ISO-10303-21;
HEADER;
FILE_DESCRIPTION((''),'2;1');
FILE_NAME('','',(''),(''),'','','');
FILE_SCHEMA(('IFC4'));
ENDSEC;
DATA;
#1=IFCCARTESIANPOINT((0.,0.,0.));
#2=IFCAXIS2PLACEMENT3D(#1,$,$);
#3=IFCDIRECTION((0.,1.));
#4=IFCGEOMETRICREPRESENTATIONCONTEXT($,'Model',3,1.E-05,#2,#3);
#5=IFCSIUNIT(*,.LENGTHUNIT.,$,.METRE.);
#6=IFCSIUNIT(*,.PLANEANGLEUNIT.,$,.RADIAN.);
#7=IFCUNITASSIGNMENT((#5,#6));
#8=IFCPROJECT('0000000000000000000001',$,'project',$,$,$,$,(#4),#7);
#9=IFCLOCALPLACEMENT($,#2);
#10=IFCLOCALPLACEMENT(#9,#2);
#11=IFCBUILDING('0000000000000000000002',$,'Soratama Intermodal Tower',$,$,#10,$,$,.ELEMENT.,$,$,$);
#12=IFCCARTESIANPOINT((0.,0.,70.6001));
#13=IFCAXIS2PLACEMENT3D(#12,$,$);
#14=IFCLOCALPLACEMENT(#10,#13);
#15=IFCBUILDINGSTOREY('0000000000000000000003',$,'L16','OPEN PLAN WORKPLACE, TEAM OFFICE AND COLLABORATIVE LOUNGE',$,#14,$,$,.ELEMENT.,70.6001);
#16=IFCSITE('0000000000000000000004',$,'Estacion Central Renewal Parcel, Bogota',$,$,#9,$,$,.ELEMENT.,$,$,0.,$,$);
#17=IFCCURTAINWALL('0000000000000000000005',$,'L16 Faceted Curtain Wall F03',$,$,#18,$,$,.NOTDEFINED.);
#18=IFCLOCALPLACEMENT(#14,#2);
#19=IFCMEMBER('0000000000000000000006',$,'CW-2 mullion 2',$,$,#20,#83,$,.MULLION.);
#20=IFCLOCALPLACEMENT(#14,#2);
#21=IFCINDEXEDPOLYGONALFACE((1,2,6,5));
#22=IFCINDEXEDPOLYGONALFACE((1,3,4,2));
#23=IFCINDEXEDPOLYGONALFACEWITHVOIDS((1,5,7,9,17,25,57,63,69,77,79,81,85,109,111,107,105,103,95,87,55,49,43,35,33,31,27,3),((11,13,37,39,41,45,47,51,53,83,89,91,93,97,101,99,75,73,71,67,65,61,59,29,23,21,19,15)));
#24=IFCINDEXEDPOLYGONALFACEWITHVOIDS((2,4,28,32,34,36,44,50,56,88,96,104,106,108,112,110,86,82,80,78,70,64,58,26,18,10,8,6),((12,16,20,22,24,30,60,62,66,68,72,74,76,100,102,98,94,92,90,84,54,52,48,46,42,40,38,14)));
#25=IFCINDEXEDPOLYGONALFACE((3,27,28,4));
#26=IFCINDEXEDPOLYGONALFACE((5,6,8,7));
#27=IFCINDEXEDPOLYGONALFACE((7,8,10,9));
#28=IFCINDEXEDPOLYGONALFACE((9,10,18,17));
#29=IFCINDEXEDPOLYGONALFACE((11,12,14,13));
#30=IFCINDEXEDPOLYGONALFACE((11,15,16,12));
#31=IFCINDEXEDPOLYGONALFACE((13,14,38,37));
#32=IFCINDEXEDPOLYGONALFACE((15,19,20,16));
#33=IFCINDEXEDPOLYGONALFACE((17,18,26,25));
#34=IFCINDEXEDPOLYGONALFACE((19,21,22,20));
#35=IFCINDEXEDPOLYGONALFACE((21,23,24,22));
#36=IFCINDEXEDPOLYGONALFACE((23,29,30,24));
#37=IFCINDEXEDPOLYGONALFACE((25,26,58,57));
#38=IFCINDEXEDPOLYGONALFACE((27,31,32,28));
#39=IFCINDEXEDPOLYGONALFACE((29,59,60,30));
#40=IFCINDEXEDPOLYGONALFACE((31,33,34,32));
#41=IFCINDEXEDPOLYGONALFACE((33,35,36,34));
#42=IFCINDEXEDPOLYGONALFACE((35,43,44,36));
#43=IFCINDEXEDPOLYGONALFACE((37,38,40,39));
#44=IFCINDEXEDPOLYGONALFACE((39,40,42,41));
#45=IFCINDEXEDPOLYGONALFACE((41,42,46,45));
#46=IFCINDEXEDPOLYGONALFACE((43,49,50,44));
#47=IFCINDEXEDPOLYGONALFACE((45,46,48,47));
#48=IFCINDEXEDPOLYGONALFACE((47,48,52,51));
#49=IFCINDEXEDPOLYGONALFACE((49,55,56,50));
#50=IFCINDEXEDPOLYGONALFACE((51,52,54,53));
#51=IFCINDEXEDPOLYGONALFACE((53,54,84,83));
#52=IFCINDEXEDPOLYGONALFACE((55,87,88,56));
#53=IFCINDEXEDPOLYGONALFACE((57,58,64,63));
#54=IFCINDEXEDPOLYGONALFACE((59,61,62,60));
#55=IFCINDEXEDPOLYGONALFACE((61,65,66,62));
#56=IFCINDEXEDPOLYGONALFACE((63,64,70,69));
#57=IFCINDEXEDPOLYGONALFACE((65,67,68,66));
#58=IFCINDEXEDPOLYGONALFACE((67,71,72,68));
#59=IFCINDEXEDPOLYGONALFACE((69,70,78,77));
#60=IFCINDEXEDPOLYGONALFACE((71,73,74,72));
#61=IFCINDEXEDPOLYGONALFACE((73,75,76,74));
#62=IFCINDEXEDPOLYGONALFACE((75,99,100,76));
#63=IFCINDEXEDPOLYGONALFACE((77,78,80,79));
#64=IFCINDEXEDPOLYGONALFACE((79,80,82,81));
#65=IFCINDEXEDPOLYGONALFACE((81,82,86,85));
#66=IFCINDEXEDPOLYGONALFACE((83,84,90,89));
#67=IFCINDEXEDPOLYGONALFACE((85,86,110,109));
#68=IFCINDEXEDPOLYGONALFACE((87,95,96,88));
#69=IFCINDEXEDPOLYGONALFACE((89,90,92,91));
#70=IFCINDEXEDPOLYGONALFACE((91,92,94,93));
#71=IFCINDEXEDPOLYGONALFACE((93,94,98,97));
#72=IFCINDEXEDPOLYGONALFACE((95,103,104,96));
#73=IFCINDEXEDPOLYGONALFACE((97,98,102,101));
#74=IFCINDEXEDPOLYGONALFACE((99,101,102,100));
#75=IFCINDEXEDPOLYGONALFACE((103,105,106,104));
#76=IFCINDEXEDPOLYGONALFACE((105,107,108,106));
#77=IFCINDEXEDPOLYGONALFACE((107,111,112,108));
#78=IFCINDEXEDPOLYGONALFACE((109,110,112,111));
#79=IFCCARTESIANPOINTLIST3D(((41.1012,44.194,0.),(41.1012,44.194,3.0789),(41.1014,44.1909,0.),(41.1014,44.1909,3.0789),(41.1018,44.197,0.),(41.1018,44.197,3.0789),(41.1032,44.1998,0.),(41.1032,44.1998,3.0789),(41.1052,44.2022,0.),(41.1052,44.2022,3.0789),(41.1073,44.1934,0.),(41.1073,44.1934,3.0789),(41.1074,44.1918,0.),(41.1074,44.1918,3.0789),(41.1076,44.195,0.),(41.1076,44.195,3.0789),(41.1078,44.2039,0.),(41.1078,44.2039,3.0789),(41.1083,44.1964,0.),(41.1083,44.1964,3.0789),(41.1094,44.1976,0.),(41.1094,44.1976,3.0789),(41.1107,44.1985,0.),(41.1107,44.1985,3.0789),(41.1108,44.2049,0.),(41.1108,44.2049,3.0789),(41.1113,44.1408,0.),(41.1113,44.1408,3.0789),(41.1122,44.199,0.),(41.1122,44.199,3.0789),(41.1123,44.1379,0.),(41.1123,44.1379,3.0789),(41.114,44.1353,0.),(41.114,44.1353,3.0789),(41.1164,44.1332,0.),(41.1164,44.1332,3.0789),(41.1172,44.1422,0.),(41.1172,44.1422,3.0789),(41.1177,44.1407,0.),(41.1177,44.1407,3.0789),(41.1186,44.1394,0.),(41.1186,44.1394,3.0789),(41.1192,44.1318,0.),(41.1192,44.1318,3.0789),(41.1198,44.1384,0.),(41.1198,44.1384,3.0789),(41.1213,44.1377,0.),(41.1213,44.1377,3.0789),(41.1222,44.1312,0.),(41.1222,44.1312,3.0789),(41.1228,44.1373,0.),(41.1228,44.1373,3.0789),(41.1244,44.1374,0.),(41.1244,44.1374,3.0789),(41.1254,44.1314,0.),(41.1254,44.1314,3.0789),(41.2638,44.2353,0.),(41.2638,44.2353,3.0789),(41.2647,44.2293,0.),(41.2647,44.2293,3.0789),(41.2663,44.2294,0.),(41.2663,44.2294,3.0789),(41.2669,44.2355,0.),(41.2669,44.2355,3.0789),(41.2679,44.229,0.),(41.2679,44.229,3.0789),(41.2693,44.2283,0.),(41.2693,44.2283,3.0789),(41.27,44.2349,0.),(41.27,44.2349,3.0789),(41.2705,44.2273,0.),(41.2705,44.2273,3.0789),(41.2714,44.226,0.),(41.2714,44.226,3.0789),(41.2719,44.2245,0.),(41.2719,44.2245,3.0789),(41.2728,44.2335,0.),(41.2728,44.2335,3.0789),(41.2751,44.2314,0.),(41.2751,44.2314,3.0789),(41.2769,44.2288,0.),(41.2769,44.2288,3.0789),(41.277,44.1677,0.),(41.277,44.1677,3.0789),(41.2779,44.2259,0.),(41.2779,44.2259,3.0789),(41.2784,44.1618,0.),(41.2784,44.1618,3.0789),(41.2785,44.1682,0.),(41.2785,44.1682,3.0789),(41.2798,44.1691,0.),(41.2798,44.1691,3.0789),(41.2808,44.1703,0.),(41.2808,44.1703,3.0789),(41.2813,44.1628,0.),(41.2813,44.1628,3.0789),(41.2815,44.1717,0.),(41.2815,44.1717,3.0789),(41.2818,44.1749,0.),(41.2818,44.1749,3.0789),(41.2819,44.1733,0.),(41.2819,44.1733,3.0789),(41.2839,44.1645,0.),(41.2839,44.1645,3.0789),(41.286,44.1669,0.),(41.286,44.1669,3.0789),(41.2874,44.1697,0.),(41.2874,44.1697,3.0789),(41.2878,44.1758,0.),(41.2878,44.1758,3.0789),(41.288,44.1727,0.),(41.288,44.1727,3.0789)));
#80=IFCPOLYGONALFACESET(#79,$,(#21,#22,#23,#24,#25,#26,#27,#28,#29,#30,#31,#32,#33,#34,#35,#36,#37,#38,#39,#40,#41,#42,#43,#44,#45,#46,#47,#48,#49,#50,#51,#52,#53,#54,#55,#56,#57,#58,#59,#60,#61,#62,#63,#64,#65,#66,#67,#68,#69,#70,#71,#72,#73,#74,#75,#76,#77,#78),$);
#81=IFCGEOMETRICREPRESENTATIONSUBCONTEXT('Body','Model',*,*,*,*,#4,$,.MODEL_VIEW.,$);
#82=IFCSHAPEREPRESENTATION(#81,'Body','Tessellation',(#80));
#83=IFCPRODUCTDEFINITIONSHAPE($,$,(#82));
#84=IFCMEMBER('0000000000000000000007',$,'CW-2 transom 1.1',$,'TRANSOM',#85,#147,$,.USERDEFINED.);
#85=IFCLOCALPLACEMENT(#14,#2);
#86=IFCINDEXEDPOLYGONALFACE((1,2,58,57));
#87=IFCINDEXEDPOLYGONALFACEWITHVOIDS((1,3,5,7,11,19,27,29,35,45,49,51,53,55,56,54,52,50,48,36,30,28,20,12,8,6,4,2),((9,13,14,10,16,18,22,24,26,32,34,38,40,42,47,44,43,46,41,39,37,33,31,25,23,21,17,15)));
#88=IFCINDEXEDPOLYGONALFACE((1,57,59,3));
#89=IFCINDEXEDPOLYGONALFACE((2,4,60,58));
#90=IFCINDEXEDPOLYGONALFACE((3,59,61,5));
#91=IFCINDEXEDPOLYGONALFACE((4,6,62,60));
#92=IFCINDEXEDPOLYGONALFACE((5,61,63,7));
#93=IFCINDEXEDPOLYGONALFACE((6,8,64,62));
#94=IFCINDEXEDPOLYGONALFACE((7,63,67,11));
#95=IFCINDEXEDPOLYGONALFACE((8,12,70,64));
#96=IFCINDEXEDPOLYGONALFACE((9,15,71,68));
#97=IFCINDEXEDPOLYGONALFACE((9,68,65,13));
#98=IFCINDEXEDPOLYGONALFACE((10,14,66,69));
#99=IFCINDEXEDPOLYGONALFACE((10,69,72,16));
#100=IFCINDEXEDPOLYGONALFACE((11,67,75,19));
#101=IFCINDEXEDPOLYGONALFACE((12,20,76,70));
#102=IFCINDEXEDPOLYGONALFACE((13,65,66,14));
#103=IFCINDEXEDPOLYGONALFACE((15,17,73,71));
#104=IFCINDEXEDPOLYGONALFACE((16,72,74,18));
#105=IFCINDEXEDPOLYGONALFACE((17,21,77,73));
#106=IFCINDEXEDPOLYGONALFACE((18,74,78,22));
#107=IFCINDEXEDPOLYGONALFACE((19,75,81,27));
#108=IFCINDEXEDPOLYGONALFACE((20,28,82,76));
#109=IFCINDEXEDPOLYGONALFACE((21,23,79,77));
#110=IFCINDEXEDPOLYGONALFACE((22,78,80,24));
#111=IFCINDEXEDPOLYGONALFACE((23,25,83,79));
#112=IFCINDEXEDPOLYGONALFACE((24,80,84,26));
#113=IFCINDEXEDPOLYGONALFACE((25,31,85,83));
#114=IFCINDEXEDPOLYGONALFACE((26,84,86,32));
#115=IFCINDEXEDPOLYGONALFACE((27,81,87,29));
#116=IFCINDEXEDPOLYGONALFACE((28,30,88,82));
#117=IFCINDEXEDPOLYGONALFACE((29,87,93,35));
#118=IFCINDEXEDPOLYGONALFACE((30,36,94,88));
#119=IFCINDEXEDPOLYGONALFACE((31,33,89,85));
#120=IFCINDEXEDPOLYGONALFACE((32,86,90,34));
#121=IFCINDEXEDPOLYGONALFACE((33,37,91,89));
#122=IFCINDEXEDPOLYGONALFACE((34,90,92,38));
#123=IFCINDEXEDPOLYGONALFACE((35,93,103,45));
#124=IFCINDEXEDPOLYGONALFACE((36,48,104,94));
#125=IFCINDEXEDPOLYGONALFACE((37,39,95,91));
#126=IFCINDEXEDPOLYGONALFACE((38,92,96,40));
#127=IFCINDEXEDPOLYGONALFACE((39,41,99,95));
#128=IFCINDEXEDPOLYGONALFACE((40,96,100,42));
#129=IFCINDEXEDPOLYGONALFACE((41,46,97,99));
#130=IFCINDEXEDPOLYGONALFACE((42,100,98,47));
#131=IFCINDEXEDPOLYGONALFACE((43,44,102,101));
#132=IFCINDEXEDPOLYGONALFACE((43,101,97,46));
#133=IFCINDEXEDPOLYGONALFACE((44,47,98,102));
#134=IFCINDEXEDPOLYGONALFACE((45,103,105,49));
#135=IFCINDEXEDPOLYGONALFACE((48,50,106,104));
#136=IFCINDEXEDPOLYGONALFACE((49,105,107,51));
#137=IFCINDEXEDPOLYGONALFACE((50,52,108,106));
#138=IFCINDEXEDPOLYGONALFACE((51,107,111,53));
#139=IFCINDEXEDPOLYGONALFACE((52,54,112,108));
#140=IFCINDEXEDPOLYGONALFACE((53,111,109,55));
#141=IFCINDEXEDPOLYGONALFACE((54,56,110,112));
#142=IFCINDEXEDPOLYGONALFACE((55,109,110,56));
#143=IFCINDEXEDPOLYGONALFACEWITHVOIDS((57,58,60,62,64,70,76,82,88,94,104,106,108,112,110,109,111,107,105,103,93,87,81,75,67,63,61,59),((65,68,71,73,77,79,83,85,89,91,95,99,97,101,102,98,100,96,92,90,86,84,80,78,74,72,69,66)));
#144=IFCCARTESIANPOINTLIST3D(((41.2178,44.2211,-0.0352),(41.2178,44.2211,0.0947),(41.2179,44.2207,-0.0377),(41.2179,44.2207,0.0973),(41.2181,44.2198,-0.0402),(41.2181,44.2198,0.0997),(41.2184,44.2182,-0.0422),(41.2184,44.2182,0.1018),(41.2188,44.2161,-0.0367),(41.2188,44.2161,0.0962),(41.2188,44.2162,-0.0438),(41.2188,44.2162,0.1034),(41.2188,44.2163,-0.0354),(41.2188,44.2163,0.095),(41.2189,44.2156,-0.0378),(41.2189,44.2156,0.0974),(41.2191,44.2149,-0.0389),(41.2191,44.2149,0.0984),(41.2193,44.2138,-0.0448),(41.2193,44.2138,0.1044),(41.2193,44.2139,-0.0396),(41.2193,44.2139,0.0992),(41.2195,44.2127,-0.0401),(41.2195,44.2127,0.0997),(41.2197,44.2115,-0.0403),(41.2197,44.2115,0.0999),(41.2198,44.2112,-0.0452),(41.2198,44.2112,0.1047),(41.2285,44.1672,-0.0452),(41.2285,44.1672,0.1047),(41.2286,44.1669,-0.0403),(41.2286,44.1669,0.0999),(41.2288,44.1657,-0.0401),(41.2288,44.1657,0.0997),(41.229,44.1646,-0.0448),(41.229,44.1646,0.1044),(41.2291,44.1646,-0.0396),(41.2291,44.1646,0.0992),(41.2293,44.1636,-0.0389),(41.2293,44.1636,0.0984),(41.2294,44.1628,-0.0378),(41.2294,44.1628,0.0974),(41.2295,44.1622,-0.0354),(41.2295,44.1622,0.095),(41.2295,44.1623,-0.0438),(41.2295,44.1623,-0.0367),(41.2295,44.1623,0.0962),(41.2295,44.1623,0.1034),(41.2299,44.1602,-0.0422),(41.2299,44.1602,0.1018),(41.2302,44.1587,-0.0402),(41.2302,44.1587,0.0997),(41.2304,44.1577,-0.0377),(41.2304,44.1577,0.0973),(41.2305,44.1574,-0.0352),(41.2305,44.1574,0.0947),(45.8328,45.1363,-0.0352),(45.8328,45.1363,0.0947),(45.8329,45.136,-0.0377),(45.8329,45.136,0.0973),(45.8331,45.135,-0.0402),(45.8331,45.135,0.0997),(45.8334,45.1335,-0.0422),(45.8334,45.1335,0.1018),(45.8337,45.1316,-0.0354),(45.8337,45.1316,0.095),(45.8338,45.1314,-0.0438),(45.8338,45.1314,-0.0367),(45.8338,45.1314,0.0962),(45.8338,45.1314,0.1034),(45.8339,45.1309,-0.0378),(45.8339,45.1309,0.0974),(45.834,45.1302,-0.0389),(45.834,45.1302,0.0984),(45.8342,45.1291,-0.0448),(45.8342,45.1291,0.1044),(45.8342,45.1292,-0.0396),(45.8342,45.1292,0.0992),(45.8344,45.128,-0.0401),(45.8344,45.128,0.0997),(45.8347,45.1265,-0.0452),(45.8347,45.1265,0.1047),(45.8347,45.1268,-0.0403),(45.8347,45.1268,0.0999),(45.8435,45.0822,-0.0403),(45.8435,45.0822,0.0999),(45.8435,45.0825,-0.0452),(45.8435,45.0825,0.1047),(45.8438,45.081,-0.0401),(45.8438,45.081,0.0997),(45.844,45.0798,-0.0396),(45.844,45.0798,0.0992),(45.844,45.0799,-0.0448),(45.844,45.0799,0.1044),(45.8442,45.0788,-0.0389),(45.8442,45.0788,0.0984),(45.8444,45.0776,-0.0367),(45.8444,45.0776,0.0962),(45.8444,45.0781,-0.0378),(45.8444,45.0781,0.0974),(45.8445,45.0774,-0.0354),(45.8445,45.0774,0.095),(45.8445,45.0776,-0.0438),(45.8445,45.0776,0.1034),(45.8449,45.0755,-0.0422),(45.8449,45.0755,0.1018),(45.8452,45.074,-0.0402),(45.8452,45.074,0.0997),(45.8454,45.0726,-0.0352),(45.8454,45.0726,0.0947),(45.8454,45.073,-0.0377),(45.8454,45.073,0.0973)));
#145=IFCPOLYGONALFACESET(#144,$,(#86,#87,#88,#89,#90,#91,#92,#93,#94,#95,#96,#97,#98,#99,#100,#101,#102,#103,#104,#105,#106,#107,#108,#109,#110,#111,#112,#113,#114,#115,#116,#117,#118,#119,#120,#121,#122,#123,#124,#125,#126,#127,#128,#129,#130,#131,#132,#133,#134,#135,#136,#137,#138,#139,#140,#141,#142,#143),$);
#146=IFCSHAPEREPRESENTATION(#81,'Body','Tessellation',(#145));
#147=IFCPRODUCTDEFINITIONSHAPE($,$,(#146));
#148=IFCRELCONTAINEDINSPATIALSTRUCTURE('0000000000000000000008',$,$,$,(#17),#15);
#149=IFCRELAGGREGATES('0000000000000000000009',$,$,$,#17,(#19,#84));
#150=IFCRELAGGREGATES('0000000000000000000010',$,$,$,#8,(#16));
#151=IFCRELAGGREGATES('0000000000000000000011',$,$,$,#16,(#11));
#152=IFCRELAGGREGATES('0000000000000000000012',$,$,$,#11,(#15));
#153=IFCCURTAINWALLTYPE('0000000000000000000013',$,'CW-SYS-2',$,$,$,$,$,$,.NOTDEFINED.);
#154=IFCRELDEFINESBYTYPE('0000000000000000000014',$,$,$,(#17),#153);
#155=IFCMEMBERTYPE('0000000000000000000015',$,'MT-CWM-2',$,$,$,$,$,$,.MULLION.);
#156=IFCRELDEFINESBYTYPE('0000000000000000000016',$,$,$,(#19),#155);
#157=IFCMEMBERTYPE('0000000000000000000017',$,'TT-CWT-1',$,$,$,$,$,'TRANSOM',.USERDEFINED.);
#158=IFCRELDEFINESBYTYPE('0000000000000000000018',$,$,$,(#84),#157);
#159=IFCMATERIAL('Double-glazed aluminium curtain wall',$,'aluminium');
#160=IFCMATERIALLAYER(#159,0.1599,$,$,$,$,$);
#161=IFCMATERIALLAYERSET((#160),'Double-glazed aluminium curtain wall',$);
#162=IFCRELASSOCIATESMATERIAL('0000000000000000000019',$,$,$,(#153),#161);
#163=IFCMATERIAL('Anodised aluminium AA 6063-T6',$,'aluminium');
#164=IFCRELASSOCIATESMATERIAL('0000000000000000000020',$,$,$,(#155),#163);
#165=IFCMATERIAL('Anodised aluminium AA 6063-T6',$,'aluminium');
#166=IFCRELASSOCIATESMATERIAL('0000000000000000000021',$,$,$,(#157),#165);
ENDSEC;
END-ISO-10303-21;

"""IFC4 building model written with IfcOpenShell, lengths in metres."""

from ifc_helpers import new_model, si_unit, direction, frame, origin, origin_2d, place, context, subcontext, project, spatial, hollow_rectangle, extrude, material, layer, layer_set, material_profile, profile_set, type_object, element, aggregate, save


model = new_model("IFC4")

# Units and contexts
model_context = context("Model", 3, precision=1e-05, world=origin(), true_north=direction((0.0, 1.0)))
body_context = subcontext(model_context, "Body", "Model", "MODEL_VIEW")
ifc_project = project(units=[si_unit("LENGTHUNIT", "METRE"), si_unit("PLANEANGLEUNIT", "RADIAN")], contexts=[model_context])

# Site, building, storey
site_placement = place(None, origin())
site = spatial("IfcSite", under=ifc_project, at=site_placement, Name="Estacion Central Renewal Parcel, Bogota", CompositionType="ELEMENT", RefElevation=0.0)
building_placement = place(site_placement, origin())
building = spatial("IfcBuilding", under=site, at=building_placement, Name="Soratama Intermodal Tower", CompositionType="ELEMENT")
storey_placement = place(building_placement, frame((0.0, 0.0, 70.6001)))
storey = spatial("IfcBuildingStorey", under=building, at=storey_placement, Name="L16", Description="OPEN PLAN WORKPLACE, TEAM OFFICE AND COLLABORATIVE LOUNGE", CompositionType="ELEMENT", Elevation=70.6001)

# Shared definitions
ifc_material_1 = material(Name="Double-glazed aluminium curtain wall", Category="aluminium")
ifc_layer_1 = layer(ifc_material_1, 0.1599)
ifc_layer_set_1 = layer_set([ifc_layer_1], Name="Double-glazed aluminium curtain wall")
curtain_wall_type = type_object("IfcCurtainWallType", Name="CW-SYS-2", PredefinedType="NOTDEFINED", material=ifc_layer_set_1)
ifc_material_2 = material(Name="Anodised aluminium AA 6063-T6", Category="aluminium")
ifc_material_profile_1 = material_profile(ifc_material_2, hollow_rectangle(XDim=0.075, YDim=0.1799, WallThickness=0.0061, InnerFilletRadius=0.0061, OuterFilletRadius=0.012, at=origin_2d()), Name="CWM180X75X6")
ifc_profile_set_1 = profile_set([ifc_material_profile_1], Name="Anodised aluminium AA 6063-T6")
member_type_1 = type_object("IfcMemberType", Name="MT-CWM-2", PredefinedType="MULLION", material=ifc_profile_set_1)

# Curtain wall, members
curtain_wall_1_placement = place(storey_placement, origin())
curtain_wall_1 = element("IfcCurtainWall", 1, at=curtain_wall_1_placement, inside=storey, type_object=curtain_wall_type, Name="L16 Faceted Curtain Wall F03", PredefinedType="NOTDEFINED")
member_1_placement = place(storey_placement, frame((41.1946, 44.1833, 0.0), z_axis=(0.0, 0.0, 1.0), x_axis=(0.194572, -0.980888, 0.0)))
member_1 = element("IfcMember", 2, at=member_1_placement, type_object=member_type_1, Name="CW-2 mullion 2", PredefinedType="MULLION", context=body_context, shape_type="SweptSolid", body=[
    extrude(hollow_rectangle(XDim=0.075, YDim=0.1799, WallThickness=0.0061, InnerFilletRadius=0.0061, OuterFilletRadius=0.012, at=origin_2d()), origin(), (0.0, 0.0, 1.0), 3.0789),
])
ifc_material_3 = material(Name="Anodised aluminium AA 6063-T6", Category="aluminium")
ifc_material_profile_2 = material_profile(ifc_material_3, hollow_rectangle(XDim=0.0649, YDim=0.1499, WallThickness=0.0049, InnerFilletRadius=0.0049, OuterFilletRadius=0.01, at=origin_2d()), Name="CWT150X65X5")
ifc_profile_set_2 = profile_set([ifc_material_profile_2], Name="Anodised aluminium AA 6063-T6")
member_type_2 = type_object("IfcMemberType", Name="TT-CWT-1", ElementType="TRANSOM", PredefinedType="USERDEFINED", material=ifc_profile_set_2)
member_2_placement = place(storey_placement, frame((45.8391, 45.1045, 0.0298), z_axis=(-0.980895, -0.194539, 0.0), x_axis=(0.194539, -0.980895, 0.0)))
member_2 = element("IfcMember", 3, at=member_2_placement, type_object=member_type_2, Name="CW-2 transom 1.1", ObjectType="TRANSOM", PredefinedType="USERDEFINED", context=body_context, shape_type="SweptSolid", body=[
    extrude(hollow_rectangle(XDim=0.0649, YDim=0.1499, WallThickness=0.0049, InnerFilletRadius=0.0049, OuterFilletRadius=0.01, at=origin_2d()), origin(), (0.0, 0.0, 1.0), 4.7048),
])

aggregate(curtain_wall_1, [member_1, member_2])

save(model, "model.ifc")
